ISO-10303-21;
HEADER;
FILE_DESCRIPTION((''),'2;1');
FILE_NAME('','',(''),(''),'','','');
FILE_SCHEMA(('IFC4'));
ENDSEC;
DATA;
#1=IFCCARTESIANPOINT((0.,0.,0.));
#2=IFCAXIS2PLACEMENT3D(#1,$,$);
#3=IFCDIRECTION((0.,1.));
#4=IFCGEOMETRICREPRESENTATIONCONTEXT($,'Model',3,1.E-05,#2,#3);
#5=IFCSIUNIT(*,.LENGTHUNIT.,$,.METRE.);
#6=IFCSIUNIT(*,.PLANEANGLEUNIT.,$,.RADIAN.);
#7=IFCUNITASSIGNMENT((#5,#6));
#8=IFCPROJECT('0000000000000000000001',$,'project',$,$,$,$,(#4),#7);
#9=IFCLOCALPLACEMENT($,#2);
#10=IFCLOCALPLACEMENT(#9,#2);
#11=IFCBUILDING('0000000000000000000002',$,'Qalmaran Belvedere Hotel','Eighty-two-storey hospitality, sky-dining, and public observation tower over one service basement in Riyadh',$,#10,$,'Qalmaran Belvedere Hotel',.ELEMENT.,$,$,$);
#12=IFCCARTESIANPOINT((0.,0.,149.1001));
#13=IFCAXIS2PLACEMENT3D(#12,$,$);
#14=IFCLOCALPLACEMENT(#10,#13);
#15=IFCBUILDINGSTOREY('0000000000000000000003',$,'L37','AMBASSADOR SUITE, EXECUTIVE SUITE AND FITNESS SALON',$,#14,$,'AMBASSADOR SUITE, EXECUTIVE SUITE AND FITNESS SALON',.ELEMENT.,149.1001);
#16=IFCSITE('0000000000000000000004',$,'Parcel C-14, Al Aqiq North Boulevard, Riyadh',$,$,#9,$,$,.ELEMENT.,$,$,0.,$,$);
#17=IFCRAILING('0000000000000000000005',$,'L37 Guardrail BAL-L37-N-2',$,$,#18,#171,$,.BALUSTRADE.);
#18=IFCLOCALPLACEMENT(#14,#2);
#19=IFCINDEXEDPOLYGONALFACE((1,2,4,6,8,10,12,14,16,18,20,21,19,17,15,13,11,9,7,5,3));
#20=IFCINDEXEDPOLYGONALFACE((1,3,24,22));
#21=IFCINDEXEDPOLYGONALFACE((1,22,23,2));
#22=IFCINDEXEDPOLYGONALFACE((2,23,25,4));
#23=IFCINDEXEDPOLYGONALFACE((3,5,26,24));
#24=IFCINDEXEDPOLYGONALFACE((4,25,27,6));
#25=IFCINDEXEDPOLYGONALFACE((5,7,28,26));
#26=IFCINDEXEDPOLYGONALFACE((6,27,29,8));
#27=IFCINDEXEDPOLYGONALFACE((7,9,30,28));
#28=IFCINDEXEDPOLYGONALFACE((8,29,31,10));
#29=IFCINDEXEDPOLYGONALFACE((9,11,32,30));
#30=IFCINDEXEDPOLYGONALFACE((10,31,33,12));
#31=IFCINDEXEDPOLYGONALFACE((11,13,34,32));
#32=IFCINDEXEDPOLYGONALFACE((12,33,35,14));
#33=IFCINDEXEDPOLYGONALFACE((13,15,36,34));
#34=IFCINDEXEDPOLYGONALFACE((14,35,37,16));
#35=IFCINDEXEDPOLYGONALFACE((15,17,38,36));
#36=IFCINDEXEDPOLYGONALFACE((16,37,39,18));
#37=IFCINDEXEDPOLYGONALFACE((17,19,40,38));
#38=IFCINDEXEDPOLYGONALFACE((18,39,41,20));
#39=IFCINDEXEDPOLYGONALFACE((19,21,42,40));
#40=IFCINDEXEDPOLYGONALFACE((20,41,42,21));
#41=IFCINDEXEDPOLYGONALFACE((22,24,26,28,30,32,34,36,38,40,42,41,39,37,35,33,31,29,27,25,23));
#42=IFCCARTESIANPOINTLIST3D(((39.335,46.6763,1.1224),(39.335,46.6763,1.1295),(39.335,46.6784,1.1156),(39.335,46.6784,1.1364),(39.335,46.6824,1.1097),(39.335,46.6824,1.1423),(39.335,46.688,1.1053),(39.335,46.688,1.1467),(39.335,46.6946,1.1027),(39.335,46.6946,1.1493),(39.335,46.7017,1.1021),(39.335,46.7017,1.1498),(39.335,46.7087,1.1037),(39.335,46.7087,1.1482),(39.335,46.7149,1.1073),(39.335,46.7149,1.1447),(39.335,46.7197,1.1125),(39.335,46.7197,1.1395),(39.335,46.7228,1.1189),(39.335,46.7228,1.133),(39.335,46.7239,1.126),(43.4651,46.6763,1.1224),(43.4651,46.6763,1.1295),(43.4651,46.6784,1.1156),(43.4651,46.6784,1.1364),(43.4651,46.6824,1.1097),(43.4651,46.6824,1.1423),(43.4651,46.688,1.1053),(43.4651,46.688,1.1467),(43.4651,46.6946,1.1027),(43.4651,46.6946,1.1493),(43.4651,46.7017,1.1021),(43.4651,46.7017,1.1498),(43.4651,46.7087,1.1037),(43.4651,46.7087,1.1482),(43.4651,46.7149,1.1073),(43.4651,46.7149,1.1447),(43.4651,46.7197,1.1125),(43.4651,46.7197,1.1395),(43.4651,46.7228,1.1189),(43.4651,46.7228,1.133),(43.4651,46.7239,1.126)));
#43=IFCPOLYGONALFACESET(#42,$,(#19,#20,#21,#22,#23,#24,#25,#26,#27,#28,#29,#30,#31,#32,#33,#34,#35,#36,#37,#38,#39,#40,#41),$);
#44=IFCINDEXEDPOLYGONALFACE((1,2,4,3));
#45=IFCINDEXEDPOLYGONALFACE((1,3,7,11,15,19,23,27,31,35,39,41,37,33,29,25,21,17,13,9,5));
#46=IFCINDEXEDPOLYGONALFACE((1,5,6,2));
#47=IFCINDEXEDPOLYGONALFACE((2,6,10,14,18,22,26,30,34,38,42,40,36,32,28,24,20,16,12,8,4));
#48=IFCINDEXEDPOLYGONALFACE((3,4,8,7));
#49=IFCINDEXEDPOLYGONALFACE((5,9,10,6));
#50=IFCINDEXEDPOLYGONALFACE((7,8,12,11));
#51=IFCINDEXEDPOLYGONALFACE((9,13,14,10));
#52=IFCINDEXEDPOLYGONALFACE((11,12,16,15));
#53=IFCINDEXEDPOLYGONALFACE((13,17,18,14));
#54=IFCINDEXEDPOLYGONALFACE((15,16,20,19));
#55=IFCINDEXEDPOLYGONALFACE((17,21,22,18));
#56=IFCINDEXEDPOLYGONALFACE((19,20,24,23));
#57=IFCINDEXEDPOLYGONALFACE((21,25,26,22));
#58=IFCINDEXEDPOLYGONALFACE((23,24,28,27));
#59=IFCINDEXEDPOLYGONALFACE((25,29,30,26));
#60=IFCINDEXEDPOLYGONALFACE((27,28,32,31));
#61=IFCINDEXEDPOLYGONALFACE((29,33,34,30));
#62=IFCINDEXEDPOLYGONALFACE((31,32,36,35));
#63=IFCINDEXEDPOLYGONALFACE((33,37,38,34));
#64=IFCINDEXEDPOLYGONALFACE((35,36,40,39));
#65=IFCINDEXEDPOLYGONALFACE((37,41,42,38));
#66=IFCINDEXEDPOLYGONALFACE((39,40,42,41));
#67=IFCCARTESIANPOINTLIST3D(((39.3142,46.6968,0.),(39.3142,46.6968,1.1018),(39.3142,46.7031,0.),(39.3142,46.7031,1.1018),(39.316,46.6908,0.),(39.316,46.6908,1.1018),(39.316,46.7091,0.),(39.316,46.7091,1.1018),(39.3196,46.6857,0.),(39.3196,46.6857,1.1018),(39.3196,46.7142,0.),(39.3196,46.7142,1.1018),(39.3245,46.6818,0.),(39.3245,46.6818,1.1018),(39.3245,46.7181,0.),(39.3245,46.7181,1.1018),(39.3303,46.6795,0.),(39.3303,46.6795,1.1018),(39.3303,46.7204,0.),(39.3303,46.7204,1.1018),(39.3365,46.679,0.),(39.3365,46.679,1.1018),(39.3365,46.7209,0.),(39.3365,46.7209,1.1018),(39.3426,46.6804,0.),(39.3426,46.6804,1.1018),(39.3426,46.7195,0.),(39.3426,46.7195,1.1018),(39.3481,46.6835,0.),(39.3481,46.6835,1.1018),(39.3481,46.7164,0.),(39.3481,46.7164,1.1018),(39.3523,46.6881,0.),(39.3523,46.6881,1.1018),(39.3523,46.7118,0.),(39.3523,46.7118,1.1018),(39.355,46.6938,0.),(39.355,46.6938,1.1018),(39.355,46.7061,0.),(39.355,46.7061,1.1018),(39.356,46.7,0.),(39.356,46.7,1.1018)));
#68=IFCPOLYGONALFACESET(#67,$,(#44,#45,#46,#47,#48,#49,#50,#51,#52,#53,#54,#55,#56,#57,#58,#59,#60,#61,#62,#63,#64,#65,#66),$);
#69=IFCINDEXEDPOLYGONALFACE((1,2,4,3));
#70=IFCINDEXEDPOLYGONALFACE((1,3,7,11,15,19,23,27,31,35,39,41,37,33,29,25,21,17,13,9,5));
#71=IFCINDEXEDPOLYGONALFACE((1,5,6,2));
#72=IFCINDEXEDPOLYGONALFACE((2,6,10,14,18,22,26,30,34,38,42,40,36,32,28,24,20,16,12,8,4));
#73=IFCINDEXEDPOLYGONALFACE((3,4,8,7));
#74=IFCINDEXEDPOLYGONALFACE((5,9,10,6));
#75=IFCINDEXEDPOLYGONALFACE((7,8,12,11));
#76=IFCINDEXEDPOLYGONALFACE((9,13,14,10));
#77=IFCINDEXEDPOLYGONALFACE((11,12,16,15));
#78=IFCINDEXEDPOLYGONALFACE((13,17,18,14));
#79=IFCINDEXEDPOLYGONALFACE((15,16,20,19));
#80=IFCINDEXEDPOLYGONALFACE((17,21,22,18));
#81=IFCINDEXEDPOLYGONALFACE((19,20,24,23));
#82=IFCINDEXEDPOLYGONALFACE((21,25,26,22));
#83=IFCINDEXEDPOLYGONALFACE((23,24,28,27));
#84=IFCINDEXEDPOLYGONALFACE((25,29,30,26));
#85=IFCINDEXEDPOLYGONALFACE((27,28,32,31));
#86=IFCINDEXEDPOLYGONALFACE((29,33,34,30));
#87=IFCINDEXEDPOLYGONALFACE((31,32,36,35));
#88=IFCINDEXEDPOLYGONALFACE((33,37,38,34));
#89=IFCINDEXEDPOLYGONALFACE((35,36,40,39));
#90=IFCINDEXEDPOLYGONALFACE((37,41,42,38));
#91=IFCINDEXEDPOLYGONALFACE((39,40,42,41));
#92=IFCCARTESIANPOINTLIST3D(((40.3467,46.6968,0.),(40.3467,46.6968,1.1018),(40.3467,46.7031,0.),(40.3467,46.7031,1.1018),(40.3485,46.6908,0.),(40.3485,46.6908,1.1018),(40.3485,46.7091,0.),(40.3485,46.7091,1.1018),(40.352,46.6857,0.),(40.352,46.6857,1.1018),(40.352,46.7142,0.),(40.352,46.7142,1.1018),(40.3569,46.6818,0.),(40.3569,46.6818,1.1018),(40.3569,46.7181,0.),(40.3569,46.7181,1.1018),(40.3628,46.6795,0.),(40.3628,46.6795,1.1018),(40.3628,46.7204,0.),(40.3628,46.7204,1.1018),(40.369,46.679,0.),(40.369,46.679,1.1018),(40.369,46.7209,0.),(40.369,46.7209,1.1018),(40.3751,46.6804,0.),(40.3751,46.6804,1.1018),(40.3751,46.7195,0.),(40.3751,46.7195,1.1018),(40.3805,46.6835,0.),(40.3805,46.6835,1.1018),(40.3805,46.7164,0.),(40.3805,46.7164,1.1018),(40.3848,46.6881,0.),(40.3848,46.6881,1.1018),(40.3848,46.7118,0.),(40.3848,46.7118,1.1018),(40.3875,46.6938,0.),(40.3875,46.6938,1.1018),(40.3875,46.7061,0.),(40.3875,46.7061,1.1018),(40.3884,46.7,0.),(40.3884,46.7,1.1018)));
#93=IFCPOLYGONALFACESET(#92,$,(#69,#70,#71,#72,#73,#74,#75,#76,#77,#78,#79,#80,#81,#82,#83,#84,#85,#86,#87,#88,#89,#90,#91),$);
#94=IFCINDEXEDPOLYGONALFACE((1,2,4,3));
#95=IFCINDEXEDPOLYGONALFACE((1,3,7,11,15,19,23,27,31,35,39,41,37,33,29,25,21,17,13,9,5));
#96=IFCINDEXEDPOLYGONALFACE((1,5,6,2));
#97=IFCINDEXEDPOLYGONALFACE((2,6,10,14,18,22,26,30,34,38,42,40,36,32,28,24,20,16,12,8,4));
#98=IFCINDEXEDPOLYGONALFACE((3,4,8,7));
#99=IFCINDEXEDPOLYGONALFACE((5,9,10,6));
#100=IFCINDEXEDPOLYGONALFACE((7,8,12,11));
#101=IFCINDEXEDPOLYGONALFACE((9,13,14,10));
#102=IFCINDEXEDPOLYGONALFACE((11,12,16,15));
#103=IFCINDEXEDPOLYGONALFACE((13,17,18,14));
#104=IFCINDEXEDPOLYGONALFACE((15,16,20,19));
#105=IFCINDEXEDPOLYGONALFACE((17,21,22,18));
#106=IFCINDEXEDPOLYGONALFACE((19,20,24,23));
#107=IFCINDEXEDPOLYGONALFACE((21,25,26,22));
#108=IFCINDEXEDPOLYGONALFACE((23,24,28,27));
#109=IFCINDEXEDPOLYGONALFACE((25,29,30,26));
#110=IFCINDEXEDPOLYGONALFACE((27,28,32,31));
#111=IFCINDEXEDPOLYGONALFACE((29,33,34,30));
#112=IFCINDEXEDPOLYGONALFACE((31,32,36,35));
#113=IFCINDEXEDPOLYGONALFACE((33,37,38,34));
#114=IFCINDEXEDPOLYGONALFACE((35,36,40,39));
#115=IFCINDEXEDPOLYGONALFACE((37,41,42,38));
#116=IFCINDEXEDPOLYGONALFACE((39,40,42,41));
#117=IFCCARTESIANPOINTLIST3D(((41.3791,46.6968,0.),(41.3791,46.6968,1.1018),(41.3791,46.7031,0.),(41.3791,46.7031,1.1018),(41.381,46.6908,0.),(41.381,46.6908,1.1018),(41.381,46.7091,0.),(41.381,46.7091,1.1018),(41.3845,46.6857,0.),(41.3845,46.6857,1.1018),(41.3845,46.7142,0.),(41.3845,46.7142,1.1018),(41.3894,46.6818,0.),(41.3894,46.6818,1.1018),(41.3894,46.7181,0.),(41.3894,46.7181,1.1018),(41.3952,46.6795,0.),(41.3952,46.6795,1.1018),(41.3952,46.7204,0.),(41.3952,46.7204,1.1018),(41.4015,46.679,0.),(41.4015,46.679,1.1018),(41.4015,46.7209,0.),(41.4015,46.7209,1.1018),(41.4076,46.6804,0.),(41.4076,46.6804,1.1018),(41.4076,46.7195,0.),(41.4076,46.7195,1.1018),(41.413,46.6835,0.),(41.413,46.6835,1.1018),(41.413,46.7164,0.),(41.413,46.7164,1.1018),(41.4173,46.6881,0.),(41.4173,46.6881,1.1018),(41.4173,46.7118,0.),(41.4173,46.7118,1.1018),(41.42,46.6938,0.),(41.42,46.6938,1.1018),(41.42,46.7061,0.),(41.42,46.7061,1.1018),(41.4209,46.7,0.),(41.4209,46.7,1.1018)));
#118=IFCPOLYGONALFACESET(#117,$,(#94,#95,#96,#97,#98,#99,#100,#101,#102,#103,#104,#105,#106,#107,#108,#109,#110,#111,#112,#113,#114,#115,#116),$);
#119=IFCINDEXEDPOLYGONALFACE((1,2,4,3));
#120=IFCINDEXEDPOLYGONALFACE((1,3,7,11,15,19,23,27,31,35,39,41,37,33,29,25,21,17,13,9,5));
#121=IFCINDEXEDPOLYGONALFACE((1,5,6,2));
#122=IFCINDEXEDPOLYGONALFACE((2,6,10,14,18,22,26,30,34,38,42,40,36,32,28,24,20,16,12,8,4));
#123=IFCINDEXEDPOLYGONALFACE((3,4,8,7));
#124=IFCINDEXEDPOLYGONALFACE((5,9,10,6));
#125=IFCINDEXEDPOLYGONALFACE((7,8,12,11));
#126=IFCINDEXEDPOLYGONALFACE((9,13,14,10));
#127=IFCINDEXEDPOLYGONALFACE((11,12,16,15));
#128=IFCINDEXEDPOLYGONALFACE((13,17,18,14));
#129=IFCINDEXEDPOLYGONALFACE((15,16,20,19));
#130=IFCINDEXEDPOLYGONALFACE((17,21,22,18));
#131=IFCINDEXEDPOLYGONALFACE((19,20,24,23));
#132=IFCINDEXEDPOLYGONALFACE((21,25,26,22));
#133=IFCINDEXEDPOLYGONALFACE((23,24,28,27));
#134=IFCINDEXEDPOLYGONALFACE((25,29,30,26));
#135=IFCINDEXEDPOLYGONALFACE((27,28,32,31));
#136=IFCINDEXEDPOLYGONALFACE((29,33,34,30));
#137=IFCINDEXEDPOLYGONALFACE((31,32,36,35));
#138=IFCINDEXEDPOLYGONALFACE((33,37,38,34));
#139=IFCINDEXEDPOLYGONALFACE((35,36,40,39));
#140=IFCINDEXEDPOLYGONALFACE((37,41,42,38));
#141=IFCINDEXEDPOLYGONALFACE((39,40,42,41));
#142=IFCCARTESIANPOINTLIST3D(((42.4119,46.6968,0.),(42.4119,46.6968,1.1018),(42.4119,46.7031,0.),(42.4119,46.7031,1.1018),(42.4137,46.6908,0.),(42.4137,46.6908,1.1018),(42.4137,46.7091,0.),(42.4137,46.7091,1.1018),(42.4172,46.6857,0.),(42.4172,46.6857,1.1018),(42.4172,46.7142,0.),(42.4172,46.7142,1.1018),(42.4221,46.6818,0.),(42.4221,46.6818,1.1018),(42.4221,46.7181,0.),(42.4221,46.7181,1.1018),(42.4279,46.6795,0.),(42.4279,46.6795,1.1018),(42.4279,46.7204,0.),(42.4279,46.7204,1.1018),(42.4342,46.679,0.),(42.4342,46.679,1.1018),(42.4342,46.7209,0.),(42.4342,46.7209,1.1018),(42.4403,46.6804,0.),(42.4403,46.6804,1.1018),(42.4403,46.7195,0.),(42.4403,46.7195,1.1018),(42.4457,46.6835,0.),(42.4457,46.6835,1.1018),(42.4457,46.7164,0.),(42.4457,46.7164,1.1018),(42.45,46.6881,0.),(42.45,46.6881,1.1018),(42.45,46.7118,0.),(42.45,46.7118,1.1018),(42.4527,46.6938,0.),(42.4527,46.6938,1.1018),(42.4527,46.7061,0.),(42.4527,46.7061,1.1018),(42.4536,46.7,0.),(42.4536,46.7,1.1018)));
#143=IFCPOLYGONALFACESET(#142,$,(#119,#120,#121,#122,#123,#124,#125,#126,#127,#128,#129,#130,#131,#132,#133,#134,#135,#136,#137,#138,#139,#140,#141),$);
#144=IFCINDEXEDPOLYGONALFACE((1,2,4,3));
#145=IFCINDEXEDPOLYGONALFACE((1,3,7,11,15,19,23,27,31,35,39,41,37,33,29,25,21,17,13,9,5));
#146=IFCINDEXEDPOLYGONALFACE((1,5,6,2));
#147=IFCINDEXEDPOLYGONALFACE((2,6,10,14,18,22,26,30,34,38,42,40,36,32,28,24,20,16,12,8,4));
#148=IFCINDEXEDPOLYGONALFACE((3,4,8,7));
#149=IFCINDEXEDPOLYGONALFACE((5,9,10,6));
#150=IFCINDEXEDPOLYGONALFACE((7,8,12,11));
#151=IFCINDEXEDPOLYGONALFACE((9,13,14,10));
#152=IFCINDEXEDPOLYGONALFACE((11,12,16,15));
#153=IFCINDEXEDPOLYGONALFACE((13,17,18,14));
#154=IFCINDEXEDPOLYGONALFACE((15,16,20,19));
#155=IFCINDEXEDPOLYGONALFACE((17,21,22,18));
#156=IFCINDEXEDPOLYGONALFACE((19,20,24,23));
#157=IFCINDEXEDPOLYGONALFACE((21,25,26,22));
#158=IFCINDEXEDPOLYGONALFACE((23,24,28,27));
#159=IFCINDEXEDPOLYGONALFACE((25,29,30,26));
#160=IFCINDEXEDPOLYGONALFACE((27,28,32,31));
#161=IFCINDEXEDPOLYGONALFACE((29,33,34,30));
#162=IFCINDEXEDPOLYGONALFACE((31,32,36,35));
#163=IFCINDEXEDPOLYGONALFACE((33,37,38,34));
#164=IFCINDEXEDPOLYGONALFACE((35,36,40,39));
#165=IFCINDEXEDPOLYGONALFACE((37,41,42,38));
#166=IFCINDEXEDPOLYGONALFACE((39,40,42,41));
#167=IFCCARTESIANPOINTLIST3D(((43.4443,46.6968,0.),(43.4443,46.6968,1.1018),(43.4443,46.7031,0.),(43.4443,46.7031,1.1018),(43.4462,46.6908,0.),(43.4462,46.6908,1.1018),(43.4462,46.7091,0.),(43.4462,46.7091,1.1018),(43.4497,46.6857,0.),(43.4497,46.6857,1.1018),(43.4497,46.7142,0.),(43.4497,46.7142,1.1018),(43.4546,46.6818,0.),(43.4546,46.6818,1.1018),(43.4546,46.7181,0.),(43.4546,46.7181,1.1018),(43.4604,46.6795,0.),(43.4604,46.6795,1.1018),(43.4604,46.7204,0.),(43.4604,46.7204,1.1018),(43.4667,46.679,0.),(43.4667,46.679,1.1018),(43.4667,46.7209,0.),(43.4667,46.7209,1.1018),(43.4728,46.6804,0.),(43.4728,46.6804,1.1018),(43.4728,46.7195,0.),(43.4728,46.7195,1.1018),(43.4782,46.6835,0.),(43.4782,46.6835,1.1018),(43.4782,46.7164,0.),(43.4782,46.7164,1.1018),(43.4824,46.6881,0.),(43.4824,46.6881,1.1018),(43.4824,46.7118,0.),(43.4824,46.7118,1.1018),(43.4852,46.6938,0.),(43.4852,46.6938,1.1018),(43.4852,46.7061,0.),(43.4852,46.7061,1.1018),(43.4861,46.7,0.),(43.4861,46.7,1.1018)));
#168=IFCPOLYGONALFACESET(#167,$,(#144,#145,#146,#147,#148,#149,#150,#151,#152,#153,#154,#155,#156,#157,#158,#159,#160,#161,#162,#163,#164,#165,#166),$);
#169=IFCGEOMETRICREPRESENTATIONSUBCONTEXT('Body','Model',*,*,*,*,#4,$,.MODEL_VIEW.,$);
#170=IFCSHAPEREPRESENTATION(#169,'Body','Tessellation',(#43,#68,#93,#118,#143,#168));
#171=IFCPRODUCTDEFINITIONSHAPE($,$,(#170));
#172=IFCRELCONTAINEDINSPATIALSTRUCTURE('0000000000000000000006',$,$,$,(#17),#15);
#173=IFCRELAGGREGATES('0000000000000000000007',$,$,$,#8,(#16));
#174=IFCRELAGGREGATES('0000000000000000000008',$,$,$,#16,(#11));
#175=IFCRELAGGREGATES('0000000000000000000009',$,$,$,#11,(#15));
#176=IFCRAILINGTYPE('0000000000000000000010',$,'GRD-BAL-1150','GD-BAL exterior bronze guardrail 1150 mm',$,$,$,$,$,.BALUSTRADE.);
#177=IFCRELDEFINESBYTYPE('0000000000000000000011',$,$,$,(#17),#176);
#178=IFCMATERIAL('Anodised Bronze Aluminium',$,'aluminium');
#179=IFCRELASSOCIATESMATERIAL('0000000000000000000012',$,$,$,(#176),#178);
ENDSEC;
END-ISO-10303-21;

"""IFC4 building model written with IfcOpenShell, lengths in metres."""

from ifc_helpers import new_model, si_unit, direction, frame, origin, origin_2d, place, context, subcontext, project, spatial, circle, extrude, material, type_object, element, save


model = new_model("IFC4")

# Units and contexts
model_context = context("Model", 3, precision=1e-05, world=origin(), true_north=direction((0.0, 1.0)))
body_context = subcontext(model_context, "Body", "Model", "MODEL_VIEW")
ifc_project = project(units=[si_unit("LENGTHUNIT", "METRE"), si_unit("PLANEANGLEUNIT", "RADIAN")], contexts=[model_context])

# Site, building, storey
site_placement = place(None, origin())
site = spatial("IfcSite", under=ifc_project, at=site_placement, Name="Parcel C-14, Al Aqiq North Boulevard, Riyadh", CompositionType="ELEMENT", RefElevation=0.0)
building_placement = place(site_placement, origin())
building = spatial("IfcBuilding", under=site, at=building_placement, Name="Qalmaran Belvedere Hotel", Description="Eighty-two-storey hospitality, sky-dining, and public observation tower over one service basement in Riyadh", LongName="Qalmaran Belvedere Hotel", CompositionType="ELEMENT")
storey_placement = place(building_placement, frame((0.0, 0.0, 149.1001)))
storey = spatial("IfcBuildingStorey", under=building, at=storey_placement, Name="L37", Description="AMBASSADOR SUITE, EXECUTIVE SUITE AND FITNESS SALON", LongName="AMBASSADOR SUITE, EXECUTIVE SUITE AND FITNESS SALON", CompositionType="ELEMENT", Elevation=149.1001)

# Shared definitions
ifc_material_1 = material(Name="Anodised Bronze Aluminium", Category="aluminium")

# Railing
railing_type = type_object("IfcRailingType", Name="GRD-BAL-1150", Description="GD-BAL exterior bronze guardrail 1150 mm", PredefinedType="BALUSTRADE", material=ifc_material_1)
railing_1_placement = place(storey_placement, frame((39.335, 46.7, 0.0)))
element("IfcRailing", 1, at=railing_1_placement, inside=storey, type_object=railing_type, Name="L37 Guardrail BAL-L37-N-2", PredefinedType="BALUSTRADE", context=body_context, shape_type="SweptSolid", body=[
    extrude(circle(Radius=0.0239, at=origin_2d()), frame((0.0, 0.0, 1.126), z_axis=(1.0, 0.0, 0.0), x_axis=(0.0, 1.0, 0.0)), (0.0, 0.0, 1.0), 4.1301),
    extrude(circle(Radius=0.021, at=origin_2d()), origin(), (0.0, 0.0, 1.0), 1.1018),
    extrude(circle(Radius=0.021, at=origin_2d()), frame((1.0325, 0.0, 0.0)), (0.0, 0.0, 1.0), 1.1018),
    extrude(circle(Radius=0.021, at=origin_2d()), frame((2.0649, 0.0, 0.0)), (0.0, 0.0, 1.0), 1.1018),
    extrude(circle(Radius=0.021, at=origin_2d()), frame((3.0977, 0.0, 0.0)), (0.0, 0.0, 1.0), 1.1018),
    extrude(circle(Radius=0.021, at=origin_2d()), frame((4.1301, 0.0, 0.0)), (0.0, 0.0, 1.0), 1.1018),
])

save(model, "model.ifc")
